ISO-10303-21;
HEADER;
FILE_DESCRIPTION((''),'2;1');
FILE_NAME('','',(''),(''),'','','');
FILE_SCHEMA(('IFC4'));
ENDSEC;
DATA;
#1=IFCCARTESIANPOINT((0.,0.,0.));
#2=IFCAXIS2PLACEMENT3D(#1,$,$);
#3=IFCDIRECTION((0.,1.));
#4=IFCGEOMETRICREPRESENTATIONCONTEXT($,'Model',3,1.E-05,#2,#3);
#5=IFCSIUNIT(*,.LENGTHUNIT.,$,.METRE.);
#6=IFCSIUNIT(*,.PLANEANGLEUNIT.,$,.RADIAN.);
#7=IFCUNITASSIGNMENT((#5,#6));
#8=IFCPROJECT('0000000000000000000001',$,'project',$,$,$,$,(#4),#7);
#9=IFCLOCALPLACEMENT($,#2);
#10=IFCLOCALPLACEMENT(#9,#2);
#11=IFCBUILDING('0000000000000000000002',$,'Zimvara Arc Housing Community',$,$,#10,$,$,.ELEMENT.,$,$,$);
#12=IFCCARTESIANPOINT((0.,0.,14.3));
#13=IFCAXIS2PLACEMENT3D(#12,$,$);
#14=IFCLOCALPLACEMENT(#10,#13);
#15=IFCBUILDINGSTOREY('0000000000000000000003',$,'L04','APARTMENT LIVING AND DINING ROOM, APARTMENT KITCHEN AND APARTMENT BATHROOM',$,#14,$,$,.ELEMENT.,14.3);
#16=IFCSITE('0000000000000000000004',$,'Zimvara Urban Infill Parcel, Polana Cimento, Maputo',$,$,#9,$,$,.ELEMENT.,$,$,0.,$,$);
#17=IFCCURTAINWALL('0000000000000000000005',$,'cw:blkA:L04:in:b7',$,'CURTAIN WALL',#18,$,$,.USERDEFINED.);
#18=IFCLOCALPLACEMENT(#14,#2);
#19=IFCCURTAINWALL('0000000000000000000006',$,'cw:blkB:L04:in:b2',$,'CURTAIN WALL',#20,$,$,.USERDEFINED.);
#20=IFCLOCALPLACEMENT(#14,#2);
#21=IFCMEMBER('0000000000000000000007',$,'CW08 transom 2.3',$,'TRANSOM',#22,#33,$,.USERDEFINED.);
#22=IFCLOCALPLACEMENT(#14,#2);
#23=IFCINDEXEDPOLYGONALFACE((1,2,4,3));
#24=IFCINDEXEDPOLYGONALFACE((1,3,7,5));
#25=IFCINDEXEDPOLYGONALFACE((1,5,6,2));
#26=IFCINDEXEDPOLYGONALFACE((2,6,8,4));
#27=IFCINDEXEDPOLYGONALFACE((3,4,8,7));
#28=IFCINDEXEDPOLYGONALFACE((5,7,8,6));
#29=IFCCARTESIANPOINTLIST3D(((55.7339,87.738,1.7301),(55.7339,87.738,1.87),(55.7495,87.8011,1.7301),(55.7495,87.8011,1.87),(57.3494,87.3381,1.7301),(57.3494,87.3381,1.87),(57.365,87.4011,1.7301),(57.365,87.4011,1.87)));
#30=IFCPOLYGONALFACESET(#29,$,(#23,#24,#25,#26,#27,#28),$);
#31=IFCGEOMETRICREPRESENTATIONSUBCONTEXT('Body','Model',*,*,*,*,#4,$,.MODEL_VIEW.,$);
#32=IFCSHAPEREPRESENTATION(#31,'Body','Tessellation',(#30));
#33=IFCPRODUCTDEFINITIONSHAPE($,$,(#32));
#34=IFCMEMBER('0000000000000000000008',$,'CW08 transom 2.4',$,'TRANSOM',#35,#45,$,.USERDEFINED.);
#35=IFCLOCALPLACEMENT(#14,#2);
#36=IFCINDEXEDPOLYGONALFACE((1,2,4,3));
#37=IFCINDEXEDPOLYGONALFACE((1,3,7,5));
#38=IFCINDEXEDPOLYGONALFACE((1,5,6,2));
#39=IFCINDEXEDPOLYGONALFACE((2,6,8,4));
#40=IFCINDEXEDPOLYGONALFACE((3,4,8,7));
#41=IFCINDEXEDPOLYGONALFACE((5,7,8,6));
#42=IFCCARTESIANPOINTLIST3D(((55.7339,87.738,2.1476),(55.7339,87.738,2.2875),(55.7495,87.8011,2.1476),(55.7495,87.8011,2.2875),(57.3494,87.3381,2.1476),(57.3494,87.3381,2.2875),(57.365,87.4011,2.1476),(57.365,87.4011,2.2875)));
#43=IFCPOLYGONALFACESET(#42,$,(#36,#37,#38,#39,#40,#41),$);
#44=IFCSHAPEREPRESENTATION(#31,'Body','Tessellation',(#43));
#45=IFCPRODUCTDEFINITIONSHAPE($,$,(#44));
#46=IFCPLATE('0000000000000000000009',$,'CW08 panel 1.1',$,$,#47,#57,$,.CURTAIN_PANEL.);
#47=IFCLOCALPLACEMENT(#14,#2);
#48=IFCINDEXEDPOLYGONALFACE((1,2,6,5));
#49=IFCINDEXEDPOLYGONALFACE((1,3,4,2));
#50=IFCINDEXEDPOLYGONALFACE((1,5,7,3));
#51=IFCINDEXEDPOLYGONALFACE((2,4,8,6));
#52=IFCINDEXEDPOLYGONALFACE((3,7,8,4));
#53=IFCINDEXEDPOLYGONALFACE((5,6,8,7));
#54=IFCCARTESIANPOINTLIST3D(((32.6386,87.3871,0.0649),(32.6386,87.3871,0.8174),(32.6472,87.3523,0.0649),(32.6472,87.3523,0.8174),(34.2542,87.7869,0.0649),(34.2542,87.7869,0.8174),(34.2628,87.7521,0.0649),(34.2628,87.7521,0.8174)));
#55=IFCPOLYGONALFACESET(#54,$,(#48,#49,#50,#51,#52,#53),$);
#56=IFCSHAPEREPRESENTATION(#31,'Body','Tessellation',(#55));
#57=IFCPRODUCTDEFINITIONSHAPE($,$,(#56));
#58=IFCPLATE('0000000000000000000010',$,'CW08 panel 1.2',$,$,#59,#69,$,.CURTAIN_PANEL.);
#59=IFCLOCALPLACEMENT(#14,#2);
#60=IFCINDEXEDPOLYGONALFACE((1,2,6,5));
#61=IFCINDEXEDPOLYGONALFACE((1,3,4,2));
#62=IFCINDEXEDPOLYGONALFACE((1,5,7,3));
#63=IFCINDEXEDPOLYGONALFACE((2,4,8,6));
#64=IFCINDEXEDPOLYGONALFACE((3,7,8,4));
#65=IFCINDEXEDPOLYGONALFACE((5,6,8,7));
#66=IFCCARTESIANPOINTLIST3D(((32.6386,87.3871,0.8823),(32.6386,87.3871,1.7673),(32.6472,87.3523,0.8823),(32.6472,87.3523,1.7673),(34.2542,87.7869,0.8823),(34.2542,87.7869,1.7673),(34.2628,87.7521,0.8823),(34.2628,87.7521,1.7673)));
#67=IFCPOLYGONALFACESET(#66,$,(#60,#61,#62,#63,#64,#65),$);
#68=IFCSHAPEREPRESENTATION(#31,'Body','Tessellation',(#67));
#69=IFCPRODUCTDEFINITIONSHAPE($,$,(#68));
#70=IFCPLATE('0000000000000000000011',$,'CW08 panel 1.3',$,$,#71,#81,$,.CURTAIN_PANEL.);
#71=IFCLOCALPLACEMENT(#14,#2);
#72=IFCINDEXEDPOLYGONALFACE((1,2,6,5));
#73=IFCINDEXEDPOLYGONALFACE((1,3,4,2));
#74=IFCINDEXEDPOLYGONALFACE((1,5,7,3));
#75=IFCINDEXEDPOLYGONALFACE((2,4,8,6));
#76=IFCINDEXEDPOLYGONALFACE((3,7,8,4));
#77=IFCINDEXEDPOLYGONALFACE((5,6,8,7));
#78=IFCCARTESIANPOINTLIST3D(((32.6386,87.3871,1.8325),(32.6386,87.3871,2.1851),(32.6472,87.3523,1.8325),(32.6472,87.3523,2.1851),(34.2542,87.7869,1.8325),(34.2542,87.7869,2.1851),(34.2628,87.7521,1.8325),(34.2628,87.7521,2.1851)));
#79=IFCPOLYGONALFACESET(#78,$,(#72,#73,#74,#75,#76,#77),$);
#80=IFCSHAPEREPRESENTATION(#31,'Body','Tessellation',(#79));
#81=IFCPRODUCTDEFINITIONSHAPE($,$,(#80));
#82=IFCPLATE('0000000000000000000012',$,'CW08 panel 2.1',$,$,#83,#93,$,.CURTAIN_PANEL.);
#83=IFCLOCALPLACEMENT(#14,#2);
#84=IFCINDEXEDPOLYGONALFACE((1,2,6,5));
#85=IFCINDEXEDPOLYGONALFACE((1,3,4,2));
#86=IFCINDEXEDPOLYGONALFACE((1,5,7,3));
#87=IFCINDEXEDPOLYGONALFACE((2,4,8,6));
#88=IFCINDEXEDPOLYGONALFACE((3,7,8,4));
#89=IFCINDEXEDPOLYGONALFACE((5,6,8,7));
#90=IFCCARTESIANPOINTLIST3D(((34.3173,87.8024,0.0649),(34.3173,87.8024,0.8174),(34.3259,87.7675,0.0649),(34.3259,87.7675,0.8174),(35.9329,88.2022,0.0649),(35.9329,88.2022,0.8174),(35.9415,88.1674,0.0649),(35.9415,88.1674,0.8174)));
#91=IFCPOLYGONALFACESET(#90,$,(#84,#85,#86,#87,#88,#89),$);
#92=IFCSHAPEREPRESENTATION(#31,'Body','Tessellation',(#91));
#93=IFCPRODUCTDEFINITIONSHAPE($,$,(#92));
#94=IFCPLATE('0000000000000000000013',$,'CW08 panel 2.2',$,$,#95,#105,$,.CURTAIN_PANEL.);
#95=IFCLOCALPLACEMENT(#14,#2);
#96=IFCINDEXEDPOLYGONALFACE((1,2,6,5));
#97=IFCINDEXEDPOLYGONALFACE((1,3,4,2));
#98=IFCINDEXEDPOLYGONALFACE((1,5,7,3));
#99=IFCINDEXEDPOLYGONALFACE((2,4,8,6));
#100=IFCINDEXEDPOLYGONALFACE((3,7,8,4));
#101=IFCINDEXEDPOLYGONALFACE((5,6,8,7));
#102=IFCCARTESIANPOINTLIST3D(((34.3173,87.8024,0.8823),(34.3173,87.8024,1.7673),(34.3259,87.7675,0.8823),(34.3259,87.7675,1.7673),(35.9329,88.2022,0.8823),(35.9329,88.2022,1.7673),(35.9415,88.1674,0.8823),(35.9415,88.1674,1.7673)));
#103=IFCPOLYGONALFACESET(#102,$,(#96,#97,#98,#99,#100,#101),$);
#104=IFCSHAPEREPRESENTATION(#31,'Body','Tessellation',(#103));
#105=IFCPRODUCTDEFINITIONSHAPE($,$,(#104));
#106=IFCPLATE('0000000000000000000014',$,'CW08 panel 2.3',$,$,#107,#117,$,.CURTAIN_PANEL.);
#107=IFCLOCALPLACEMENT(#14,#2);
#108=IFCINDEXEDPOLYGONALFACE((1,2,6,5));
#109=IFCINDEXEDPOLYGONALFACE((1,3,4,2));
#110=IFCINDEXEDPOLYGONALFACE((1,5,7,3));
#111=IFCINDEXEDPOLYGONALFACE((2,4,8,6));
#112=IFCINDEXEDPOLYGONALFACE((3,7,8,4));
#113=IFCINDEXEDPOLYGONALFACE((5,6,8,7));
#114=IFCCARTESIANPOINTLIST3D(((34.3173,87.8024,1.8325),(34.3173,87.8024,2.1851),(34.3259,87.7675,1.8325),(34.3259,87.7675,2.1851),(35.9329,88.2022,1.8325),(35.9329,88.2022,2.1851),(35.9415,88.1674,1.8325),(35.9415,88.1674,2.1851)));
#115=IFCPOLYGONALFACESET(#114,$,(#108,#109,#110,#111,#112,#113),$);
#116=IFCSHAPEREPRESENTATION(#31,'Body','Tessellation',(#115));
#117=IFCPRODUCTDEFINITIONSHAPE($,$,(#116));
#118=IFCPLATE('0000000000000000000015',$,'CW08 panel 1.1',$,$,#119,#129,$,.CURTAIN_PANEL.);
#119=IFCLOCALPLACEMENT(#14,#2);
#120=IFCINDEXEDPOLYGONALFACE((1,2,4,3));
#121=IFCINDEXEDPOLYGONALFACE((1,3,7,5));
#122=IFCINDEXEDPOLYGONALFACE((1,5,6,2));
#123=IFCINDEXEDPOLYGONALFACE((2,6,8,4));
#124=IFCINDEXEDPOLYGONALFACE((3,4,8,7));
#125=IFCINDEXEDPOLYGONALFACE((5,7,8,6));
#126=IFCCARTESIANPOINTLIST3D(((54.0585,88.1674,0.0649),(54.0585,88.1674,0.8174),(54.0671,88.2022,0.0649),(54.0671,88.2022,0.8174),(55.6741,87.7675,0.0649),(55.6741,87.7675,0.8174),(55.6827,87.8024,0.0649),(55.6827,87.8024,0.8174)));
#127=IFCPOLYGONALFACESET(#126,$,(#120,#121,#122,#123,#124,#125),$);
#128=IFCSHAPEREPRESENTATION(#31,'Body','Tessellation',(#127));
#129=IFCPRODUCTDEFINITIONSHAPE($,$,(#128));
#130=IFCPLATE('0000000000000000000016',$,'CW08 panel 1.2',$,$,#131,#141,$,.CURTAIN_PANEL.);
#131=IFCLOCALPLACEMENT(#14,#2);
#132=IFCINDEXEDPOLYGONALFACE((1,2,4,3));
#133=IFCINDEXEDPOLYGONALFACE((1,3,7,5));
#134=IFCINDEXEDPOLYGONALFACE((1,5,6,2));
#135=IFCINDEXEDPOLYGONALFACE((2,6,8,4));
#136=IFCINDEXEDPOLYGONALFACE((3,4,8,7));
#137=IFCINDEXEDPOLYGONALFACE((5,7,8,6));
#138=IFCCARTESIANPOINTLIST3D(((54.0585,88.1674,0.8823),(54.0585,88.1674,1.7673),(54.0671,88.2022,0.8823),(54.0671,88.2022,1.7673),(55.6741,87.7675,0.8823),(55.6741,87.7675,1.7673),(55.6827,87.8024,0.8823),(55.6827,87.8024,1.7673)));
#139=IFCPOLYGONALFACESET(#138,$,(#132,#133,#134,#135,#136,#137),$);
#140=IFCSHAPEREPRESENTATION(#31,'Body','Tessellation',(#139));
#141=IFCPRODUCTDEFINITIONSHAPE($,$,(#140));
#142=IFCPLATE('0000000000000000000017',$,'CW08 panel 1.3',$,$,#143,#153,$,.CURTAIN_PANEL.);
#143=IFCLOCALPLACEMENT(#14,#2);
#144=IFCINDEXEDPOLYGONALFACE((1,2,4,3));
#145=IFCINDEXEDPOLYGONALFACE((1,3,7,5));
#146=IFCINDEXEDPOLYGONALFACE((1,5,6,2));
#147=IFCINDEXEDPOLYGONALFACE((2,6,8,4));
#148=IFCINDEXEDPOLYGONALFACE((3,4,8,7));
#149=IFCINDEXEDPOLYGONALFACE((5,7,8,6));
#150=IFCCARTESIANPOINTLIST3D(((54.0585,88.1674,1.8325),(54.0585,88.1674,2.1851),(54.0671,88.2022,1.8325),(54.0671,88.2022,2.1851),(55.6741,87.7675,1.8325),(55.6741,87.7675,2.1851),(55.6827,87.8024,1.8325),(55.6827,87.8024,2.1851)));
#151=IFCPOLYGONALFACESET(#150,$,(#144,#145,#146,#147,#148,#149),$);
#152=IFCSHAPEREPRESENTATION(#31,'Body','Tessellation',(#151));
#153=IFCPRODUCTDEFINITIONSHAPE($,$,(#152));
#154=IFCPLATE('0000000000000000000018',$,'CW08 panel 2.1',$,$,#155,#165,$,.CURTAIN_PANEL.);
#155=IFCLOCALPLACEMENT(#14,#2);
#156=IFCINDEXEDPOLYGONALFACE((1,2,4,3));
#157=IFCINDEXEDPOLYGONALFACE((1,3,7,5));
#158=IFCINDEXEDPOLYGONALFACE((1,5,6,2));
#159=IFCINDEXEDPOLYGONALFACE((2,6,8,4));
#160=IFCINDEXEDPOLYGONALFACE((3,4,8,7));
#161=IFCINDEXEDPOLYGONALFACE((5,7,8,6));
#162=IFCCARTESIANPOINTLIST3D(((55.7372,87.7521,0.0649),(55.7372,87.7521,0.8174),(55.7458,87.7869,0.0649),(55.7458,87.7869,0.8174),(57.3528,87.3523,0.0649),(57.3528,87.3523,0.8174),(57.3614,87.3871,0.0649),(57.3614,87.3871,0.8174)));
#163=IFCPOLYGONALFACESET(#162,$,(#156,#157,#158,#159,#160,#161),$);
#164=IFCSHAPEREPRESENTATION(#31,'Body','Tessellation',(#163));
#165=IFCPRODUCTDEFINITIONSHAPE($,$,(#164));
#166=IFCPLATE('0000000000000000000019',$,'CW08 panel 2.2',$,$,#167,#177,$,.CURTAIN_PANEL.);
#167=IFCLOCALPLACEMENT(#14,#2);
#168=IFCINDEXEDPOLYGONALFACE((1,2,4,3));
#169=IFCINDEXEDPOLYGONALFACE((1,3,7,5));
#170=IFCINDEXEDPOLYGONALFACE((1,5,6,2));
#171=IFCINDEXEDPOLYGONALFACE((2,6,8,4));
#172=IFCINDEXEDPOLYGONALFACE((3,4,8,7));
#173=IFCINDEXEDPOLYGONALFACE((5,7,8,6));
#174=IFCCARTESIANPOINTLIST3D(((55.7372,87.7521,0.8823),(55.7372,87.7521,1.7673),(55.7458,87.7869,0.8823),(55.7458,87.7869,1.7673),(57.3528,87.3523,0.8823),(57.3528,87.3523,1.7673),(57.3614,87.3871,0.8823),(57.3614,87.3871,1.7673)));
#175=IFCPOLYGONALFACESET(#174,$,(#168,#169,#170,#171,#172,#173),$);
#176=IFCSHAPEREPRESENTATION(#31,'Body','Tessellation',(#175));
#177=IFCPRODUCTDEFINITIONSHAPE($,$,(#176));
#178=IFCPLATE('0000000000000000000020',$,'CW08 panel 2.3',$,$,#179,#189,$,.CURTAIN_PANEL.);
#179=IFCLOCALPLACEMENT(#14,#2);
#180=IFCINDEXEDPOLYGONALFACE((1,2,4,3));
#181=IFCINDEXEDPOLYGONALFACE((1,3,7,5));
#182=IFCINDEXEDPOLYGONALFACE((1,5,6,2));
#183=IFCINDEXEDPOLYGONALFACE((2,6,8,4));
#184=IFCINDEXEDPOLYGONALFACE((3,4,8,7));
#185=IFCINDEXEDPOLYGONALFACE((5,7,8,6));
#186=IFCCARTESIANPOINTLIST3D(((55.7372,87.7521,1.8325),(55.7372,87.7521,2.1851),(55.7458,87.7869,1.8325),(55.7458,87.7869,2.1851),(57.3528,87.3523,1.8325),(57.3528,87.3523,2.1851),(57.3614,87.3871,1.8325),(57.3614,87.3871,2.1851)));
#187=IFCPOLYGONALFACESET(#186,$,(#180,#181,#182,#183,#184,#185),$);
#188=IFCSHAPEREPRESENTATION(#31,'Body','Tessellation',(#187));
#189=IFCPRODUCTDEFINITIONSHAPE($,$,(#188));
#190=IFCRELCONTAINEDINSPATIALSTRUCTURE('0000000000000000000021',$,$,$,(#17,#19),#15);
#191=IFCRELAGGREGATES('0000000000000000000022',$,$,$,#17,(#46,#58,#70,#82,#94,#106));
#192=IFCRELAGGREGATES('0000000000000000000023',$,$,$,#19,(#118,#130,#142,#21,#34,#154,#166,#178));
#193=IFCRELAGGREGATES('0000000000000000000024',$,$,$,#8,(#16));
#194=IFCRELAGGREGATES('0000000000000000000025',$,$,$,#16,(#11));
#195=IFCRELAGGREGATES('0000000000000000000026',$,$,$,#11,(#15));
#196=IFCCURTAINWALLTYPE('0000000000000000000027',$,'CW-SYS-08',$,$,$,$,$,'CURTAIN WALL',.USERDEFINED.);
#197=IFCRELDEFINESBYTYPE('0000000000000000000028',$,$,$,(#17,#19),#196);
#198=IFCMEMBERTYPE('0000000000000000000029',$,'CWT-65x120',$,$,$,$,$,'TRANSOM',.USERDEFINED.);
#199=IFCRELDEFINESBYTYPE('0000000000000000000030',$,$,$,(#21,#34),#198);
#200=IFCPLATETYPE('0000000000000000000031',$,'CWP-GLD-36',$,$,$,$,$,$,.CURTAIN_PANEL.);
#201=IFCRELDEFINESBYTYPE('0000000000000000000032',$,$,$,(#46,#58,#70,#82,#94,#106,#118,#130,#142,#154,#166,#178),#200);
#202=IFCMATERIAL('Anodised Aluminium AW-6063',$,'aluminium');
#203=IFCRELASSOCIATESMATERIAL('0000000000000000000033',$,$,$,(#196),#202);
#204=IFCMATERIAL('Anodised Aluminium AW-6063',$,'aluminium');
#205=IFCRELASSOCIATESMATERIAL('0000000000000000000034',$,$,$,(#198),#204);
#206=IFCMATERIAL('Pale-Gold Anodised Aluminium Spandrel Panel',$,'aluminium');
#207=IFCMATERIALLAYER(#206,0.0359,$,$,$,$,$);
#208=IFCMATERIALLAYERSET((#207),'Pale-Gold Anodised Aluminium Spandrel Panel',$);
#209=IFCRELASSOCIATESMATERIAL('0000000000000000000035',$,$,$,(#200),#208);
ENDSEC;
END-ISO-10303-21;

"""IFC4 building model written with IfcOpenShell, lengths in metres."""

from ifc_helpers import new_model, si_unit, direction, frame, origin, origin_2d, place, context, subcontext, project, spatial, rectangle, extrude, material, layer, layer_set, material_profile, profile_set, type_object, element, aggregate, save


model = new_model("IFC4")

# Units and contexts
model_context = context("Model", 3, precision=1e-05, world=origin(), true_north=direction((0.0, 1.0)))
body_context = subcontext(model_context, "Body", "Model", "MODEL_VIEW")
ifc_project = project(units=[si_unit("LENGTHUNIT", "METRE"), si_unit("PLANEANGLEUNIT", "RADIAN")], contexts=[model_context])

# Site, building, storey
site_placement = place(None, origin())
site = spatial("IfcSite", under=ifc_project, at=site_placement, Name="Zimvara Urban Infill Parcel, Polana Cimento, Maputo", CompositionType="ELEMENT", RefElevation=0.0)
building_placement = place(site_placement, origin())
building = spatial("IfcBuilding", under=site, at=building_placement, Name="Zimvara Arc Housing Community", CompositionType="ELEMENT")
storey_placement = place(building_placement, frame((0.0, 0.0, 14.3)))
storey = spatial("IfcBuildingStorey", under=building, at=storey_placement, Name="L04", Description="APARTMENT LIVING AND DINING ROOM, APARTMENT KITCHEN AND APARTMENT BATHROOM", CompositionType="ELEMENT", Elevation=14.3)

# Curtain walls
ifc_material_1 = material(Name="Anodised Aluminium AW-6063", Category="aluminium")
curtain_wall_type = type_object("IfcCurtainWallType", Name="CW-SYS-08", ElementType="CURTAIN WALL", PredefinedType="USERDEFINED", material=ifc_material_1)
curtain_wall_1_placement = place(storey_placement, origin())
curtain_wall_1 = element("IfcCurtainWall", 1, at=curtain_wall_1_placement, inside=storey, type_object=curtain_wall_type, Name="cw:blkA:L04:in:b7", ObjectType="CURTAIN WALL", PredefinedType="USERDEFINED")
curtain_wall_2_placement = place(storey_placement, origin())
curtain_wall_2 = element("IfcCurtainWall", 2, at=curtain_wall_2_placement, inside=storey, type_object=curtain_wall_type, Name="cw:blkB:L04:in:b2", ObjectType="CURTAIN WALL", PredefinedType="USERDEFINED")

# Members
ifc_material_2 = material(Name="Anodised Aluminium AW-6063", Category="aluminium")
ifc_material_profile_1 = material_profile(ifc_material_2, rectangle(XDim=0.0649, YDim=0.1399, at=origin_2d()), Name="ALU 65x140")
ifc_profile_set_1 = profile_set([ifc_material_profile_1], Name="Anodised Aluminium AW-6063")
member_type_1 = type_object("IfcMemberType", Name="CWT-65x120", ElementType="TRANSOM", PredefinedType="USERDEFINED", material=ifc_profile_set_1)
member_1_placement = place(storey_placement, frame((55.7417, 87.7695, 1.8), z_axis=(0.970701, -0.240291, 0.0), x_axis=(0.240291, 0.970701, 0.0)))
member_1 = element("IfcMember", 3, at=member_1_placement, type_object=member_type_1, Name="CW08 transom 2.3", ObjectType="TRANSOM", PredefinedType="USERDEFINED", context=body_context, shape_type="SweptSolid", body=[
    extrude(rectangle(XDim=0.0649, YDim=0.1399, at=origin_2d()), origin(), (0.0, 0.0, 1.0), 1.6643),
])
member_2_placement = place(storey_placement, frame((55.7417, 87.7695, 2.2175), z_axis=(0.970701, -0.240291, 0.0), x_axis=(0.240291, 0.970701, 0.0)))
member_2 = element("IfcMember", 4, at=member_2_placement, type_object=member_type_1, Name="CW08 transom 2.4", ObjectType="TRANSOM", PredefinedType="USERDEFINED", context=body_context, shape_type="SweptSolid", body=[
    extrude(rectangle(XDim=0.0649, YDim=0.1399, at=origin_2d()), origin(), (0.0, 0.0, 1.0), 1.6643),
])

# Plates
ifc_material_3 = material(Name="Pale-Gold Anodised Aluminium Spandrel Panel", Category="aluminium")
ifc_layer_1 = layer(ifc_material_3, 0.0359)
ifc_layer_set_1 = layer_set([ifc_layer_1], Name="Pale-Gold Anodised Aluminium Spandrel Panel")
plate_type = type_object("IfcPlateType", Name="CWP-GLD-36", PredefinedType="CURTAIN_PANEL", material=ifc_layer_set_1)
plate_1_placement = place(storey_placement, frame((33.4507, 87.5696, 0.0649), z_axis=(0.0, 0.0, 1.0), x_axis=(0.970717, 0.240228, 0.0)))
plate_1 = element("IfcPlate", 5, at=plate_1_placement, type_object=plate_type, Name="CW08 panel 1.1", PredefinedType="CURTAIN_PANEL", context=body_context, shape_type="SweptSolid", body=[
    extrude(rectangle(XDim=1.6643, YDim=0.0359, at=origin_2d()), origin(), (0.0, 0.0, 1.0), 0.7524),
])
plate_2_placement = place(storey_placement, frame((33.4507, 87.5696, 0.8823), z_axis=(0.0, 0.0, 1.0), x_axis=(0.970717, 0.240228, 0.0)))
plate_2 = element("IfcPlate", 6, at=plate_2_placement, type_object=plate_type, Name="CW08 panel 1.2", PredefinedType="CURTAIN_PANEL", context=body_context, shape_type="SweptSolid", body=[
    extrude(rectangle(XDim=1.6643, YDim=0.0359, at=origin_2d()), origin(), (0.0, 0.0, 1.0), 0.885),
])
plate_3_placement = place(storey_placement, frame((33.4507, 87.5696, 1.8325), z_axis=(0.0, 0.0, 1.0), x_axis=(0.970717, 0.240228, 0.0)))
plate_3 = element("IfcPlate", 7, at=plate_3_placement, type_object=plate_type, Name="CW08 panel 1.3", PredefinedType="CURTAIN_PANEL", context=body_context, shape_type="SweptSolid", body=[
    extrude(rectangle(XDim=1.6643, YDim=0.0359, at=origin_2d()), origin(), (0.0, 0.0, 1.0), 0.3525),
])
plate_4_placement = place(storey_placement, frame((35.1294, 87.9849, 0.0649), z_axis=(0.0, 0.0, 1.0), x_axis=(0.970717, 0.240228, 0.0)))
plate_4 = element("IfcPlate", 8, at=plate_4_placement, type_object=plate_type, Name="CW08 panel 2.1", PredefinedType="CURTAIN_PANEL", context=body_context, shape_type="SweptSolid", body=[
    extrude(rectangle(XDim=1.6643, YDim=0.0359, at=origin_2d()), origin(), (0.0, 0.0, 1.0), 0.7524),
])
plate_5_placement = place(storey_placement, frame((35.1294, 87.9849, 0.8823), z_axis=(0.0, 0.0, 1.0), x_axis=(0.970717, 0.240228, 0.0)))
plate_5 = element("IfcPlate", 9, at=plate_5_placement, type_object=plate_type, Name="CW08 panel 2.2", PredefinedType="CURTAIN_PANEL", context=body_context, shape_type="SweptSolid", body=[
    extrude(rectangle(XDim=1.6643, YDim=0.0359, at=origin_2d()), origin(), (0.0, 0.0, 1.0), 0.885),
])
plate_6_placement = place(storey_placement, frame((35.1294, 87.9849, 1.8325), z_axis=(0.0, 0.0, 1.0), x_axis=(0.970717, 0.240228, 0.0)))
plate_6 = element("IfcPlate", 10, at=plate_6_placement, type_object=plate_type, Name="CW08 panel 2.3", PredefinedType="CURTAIN_PANEL", context=body_context, shape_type="SweptSolid", body=[
    extrude(rectangle(XDim=1.6643, YDim=0.0359, at=origin_2d()), origin(), (0.0, 0.0, 1.0), 0.3525),
])
aggregate(curtain_wall_1, [plate_1, plate_2, plate_3, plate_4, plate_5, plate_6])
plate_7_placement = place(storey_placement, frame((54.8706, 87.9849, 0.0649), z_axis=(0.0, 0.0, 1.0), x_axis=(0.970717, -0.240228, 0.0)))
plate_7 = element("IfcPlate", 11, at=plate_7_placement, type_object=plate_type, Name="CW08 panel 1.1", PredefinedType="CURTAIN_PANEL", context=body_context, shape_type="SweptSolid", body=[
    extrude(rectangle(XDim=1.6643, YDim=0.0359, at=origin_2d()), origin(), (0.0, 0.0, 1.0), 0.7524),
])
plate_8_placement = place(storey_placement, frame((54.8706, 87.9849, 0.8823), z_axis=(0.0, 0.0, 1.0), x_axis=(0.970717, -0.240228, 0.0)))
plate_8 = element("IfcPlate", 12, at=plate_8_placement, type_object=plate_type, Name="CW08 panel 1.2", PredefinedType="CURTAIN_PANEL", context=body_context, shape_type="SweptSolid", body=[
    extrude(rectangle(XDim=1.6643, YDim=0.0359, at=origin_2d()), origin(), (0.0, 0.0, 1.0), 0.885),
])
plate_9_placement = place(storey_placement, frame((54.8706, 87.9849, 1.8325), z_axis=(0.0, 0.0, 1.0), x_axis=(0.970717, -0.240228, 0.0)))
plate_9 = element("IfcPlate", 13, at=plate_9_placement, type_object=plate_type, Name="CW08 panel 1.3", PredefinedType="CURTAIN_PANEL", context=body_context, shape_type="SweptSolid", body=[
    extrude(rectangle(XDim=1.6643, YDim=0.0359, at=origin_2d()), origin(), (0.0, 0.0, 1.0), 0.3525),
])
plate_10_placement = place(storey_placement, frame((56.5493, 87.5696, 0.0649), z_axis=(0.0, 0.0, 1.0), x_axis=(0.970717, -0.240228, 0.0)))
plate_10 = element("IfcPlate", 14, at=plate_10_placement, type_object=plate_type, Name="CW08 panel 2.1", PredefinedType="CURTAIN_PANEL", context=body_context, shape_type="SweptSolid", body=[
    extrude(rectangle(XDim=1.6643, YDim=0.0359, at=origin_2d()), origin(), (0.0, 0.0, 1.0), 0.7524),
])
plate_11_placement = place(storey_placement, frame((56.5493, 87.5696, 0.8823), z_axis=(0.0, 0.0, 1.0), x_axis=(0.970717, -0.240228, 0.0)))
plate_11 = element("IfcPlate", 15, at=plate_11_placement, type_object=plate_type, Name="CW08 panel 2.2", PredefinedType="CURTAIN_PANEL", context=body_context, shape_type="SweptSolid", body=[
    extrude(rectangle(XDim=1.6643, YDim=0.0359, at=origin_2d()), origin(), (0.0, 0.0, 1.0), 0.885),
])
plate_12_placement = place(storey_placement, frame((56.5493, 87.5696, 1.8325), z_axis=(0.0, 0.0, 1.0), x_axis=(0.970717, -0.240228, 0.0)))
plate_12 = element("IfcPlate", 16, at=plate_12_placement, type_object=plate_type, Name="CW08 panel 2.3", PredefinedType="CURTAIN_PANEL", context=body_context, shape_type="SweptSolid", body=[
    extrude(rectangle(XDim=1.6643, YDim=0.0359, at=origin_2d()), origin(), (0.0, 0.0, 1.0), 0.3525),
])
aggregate(curtain_wall_2, [plate_7, plate_8, plate_9, member_1, member_2, plate_10, plate_11, plate_12])

save(model, "model.ifc")
